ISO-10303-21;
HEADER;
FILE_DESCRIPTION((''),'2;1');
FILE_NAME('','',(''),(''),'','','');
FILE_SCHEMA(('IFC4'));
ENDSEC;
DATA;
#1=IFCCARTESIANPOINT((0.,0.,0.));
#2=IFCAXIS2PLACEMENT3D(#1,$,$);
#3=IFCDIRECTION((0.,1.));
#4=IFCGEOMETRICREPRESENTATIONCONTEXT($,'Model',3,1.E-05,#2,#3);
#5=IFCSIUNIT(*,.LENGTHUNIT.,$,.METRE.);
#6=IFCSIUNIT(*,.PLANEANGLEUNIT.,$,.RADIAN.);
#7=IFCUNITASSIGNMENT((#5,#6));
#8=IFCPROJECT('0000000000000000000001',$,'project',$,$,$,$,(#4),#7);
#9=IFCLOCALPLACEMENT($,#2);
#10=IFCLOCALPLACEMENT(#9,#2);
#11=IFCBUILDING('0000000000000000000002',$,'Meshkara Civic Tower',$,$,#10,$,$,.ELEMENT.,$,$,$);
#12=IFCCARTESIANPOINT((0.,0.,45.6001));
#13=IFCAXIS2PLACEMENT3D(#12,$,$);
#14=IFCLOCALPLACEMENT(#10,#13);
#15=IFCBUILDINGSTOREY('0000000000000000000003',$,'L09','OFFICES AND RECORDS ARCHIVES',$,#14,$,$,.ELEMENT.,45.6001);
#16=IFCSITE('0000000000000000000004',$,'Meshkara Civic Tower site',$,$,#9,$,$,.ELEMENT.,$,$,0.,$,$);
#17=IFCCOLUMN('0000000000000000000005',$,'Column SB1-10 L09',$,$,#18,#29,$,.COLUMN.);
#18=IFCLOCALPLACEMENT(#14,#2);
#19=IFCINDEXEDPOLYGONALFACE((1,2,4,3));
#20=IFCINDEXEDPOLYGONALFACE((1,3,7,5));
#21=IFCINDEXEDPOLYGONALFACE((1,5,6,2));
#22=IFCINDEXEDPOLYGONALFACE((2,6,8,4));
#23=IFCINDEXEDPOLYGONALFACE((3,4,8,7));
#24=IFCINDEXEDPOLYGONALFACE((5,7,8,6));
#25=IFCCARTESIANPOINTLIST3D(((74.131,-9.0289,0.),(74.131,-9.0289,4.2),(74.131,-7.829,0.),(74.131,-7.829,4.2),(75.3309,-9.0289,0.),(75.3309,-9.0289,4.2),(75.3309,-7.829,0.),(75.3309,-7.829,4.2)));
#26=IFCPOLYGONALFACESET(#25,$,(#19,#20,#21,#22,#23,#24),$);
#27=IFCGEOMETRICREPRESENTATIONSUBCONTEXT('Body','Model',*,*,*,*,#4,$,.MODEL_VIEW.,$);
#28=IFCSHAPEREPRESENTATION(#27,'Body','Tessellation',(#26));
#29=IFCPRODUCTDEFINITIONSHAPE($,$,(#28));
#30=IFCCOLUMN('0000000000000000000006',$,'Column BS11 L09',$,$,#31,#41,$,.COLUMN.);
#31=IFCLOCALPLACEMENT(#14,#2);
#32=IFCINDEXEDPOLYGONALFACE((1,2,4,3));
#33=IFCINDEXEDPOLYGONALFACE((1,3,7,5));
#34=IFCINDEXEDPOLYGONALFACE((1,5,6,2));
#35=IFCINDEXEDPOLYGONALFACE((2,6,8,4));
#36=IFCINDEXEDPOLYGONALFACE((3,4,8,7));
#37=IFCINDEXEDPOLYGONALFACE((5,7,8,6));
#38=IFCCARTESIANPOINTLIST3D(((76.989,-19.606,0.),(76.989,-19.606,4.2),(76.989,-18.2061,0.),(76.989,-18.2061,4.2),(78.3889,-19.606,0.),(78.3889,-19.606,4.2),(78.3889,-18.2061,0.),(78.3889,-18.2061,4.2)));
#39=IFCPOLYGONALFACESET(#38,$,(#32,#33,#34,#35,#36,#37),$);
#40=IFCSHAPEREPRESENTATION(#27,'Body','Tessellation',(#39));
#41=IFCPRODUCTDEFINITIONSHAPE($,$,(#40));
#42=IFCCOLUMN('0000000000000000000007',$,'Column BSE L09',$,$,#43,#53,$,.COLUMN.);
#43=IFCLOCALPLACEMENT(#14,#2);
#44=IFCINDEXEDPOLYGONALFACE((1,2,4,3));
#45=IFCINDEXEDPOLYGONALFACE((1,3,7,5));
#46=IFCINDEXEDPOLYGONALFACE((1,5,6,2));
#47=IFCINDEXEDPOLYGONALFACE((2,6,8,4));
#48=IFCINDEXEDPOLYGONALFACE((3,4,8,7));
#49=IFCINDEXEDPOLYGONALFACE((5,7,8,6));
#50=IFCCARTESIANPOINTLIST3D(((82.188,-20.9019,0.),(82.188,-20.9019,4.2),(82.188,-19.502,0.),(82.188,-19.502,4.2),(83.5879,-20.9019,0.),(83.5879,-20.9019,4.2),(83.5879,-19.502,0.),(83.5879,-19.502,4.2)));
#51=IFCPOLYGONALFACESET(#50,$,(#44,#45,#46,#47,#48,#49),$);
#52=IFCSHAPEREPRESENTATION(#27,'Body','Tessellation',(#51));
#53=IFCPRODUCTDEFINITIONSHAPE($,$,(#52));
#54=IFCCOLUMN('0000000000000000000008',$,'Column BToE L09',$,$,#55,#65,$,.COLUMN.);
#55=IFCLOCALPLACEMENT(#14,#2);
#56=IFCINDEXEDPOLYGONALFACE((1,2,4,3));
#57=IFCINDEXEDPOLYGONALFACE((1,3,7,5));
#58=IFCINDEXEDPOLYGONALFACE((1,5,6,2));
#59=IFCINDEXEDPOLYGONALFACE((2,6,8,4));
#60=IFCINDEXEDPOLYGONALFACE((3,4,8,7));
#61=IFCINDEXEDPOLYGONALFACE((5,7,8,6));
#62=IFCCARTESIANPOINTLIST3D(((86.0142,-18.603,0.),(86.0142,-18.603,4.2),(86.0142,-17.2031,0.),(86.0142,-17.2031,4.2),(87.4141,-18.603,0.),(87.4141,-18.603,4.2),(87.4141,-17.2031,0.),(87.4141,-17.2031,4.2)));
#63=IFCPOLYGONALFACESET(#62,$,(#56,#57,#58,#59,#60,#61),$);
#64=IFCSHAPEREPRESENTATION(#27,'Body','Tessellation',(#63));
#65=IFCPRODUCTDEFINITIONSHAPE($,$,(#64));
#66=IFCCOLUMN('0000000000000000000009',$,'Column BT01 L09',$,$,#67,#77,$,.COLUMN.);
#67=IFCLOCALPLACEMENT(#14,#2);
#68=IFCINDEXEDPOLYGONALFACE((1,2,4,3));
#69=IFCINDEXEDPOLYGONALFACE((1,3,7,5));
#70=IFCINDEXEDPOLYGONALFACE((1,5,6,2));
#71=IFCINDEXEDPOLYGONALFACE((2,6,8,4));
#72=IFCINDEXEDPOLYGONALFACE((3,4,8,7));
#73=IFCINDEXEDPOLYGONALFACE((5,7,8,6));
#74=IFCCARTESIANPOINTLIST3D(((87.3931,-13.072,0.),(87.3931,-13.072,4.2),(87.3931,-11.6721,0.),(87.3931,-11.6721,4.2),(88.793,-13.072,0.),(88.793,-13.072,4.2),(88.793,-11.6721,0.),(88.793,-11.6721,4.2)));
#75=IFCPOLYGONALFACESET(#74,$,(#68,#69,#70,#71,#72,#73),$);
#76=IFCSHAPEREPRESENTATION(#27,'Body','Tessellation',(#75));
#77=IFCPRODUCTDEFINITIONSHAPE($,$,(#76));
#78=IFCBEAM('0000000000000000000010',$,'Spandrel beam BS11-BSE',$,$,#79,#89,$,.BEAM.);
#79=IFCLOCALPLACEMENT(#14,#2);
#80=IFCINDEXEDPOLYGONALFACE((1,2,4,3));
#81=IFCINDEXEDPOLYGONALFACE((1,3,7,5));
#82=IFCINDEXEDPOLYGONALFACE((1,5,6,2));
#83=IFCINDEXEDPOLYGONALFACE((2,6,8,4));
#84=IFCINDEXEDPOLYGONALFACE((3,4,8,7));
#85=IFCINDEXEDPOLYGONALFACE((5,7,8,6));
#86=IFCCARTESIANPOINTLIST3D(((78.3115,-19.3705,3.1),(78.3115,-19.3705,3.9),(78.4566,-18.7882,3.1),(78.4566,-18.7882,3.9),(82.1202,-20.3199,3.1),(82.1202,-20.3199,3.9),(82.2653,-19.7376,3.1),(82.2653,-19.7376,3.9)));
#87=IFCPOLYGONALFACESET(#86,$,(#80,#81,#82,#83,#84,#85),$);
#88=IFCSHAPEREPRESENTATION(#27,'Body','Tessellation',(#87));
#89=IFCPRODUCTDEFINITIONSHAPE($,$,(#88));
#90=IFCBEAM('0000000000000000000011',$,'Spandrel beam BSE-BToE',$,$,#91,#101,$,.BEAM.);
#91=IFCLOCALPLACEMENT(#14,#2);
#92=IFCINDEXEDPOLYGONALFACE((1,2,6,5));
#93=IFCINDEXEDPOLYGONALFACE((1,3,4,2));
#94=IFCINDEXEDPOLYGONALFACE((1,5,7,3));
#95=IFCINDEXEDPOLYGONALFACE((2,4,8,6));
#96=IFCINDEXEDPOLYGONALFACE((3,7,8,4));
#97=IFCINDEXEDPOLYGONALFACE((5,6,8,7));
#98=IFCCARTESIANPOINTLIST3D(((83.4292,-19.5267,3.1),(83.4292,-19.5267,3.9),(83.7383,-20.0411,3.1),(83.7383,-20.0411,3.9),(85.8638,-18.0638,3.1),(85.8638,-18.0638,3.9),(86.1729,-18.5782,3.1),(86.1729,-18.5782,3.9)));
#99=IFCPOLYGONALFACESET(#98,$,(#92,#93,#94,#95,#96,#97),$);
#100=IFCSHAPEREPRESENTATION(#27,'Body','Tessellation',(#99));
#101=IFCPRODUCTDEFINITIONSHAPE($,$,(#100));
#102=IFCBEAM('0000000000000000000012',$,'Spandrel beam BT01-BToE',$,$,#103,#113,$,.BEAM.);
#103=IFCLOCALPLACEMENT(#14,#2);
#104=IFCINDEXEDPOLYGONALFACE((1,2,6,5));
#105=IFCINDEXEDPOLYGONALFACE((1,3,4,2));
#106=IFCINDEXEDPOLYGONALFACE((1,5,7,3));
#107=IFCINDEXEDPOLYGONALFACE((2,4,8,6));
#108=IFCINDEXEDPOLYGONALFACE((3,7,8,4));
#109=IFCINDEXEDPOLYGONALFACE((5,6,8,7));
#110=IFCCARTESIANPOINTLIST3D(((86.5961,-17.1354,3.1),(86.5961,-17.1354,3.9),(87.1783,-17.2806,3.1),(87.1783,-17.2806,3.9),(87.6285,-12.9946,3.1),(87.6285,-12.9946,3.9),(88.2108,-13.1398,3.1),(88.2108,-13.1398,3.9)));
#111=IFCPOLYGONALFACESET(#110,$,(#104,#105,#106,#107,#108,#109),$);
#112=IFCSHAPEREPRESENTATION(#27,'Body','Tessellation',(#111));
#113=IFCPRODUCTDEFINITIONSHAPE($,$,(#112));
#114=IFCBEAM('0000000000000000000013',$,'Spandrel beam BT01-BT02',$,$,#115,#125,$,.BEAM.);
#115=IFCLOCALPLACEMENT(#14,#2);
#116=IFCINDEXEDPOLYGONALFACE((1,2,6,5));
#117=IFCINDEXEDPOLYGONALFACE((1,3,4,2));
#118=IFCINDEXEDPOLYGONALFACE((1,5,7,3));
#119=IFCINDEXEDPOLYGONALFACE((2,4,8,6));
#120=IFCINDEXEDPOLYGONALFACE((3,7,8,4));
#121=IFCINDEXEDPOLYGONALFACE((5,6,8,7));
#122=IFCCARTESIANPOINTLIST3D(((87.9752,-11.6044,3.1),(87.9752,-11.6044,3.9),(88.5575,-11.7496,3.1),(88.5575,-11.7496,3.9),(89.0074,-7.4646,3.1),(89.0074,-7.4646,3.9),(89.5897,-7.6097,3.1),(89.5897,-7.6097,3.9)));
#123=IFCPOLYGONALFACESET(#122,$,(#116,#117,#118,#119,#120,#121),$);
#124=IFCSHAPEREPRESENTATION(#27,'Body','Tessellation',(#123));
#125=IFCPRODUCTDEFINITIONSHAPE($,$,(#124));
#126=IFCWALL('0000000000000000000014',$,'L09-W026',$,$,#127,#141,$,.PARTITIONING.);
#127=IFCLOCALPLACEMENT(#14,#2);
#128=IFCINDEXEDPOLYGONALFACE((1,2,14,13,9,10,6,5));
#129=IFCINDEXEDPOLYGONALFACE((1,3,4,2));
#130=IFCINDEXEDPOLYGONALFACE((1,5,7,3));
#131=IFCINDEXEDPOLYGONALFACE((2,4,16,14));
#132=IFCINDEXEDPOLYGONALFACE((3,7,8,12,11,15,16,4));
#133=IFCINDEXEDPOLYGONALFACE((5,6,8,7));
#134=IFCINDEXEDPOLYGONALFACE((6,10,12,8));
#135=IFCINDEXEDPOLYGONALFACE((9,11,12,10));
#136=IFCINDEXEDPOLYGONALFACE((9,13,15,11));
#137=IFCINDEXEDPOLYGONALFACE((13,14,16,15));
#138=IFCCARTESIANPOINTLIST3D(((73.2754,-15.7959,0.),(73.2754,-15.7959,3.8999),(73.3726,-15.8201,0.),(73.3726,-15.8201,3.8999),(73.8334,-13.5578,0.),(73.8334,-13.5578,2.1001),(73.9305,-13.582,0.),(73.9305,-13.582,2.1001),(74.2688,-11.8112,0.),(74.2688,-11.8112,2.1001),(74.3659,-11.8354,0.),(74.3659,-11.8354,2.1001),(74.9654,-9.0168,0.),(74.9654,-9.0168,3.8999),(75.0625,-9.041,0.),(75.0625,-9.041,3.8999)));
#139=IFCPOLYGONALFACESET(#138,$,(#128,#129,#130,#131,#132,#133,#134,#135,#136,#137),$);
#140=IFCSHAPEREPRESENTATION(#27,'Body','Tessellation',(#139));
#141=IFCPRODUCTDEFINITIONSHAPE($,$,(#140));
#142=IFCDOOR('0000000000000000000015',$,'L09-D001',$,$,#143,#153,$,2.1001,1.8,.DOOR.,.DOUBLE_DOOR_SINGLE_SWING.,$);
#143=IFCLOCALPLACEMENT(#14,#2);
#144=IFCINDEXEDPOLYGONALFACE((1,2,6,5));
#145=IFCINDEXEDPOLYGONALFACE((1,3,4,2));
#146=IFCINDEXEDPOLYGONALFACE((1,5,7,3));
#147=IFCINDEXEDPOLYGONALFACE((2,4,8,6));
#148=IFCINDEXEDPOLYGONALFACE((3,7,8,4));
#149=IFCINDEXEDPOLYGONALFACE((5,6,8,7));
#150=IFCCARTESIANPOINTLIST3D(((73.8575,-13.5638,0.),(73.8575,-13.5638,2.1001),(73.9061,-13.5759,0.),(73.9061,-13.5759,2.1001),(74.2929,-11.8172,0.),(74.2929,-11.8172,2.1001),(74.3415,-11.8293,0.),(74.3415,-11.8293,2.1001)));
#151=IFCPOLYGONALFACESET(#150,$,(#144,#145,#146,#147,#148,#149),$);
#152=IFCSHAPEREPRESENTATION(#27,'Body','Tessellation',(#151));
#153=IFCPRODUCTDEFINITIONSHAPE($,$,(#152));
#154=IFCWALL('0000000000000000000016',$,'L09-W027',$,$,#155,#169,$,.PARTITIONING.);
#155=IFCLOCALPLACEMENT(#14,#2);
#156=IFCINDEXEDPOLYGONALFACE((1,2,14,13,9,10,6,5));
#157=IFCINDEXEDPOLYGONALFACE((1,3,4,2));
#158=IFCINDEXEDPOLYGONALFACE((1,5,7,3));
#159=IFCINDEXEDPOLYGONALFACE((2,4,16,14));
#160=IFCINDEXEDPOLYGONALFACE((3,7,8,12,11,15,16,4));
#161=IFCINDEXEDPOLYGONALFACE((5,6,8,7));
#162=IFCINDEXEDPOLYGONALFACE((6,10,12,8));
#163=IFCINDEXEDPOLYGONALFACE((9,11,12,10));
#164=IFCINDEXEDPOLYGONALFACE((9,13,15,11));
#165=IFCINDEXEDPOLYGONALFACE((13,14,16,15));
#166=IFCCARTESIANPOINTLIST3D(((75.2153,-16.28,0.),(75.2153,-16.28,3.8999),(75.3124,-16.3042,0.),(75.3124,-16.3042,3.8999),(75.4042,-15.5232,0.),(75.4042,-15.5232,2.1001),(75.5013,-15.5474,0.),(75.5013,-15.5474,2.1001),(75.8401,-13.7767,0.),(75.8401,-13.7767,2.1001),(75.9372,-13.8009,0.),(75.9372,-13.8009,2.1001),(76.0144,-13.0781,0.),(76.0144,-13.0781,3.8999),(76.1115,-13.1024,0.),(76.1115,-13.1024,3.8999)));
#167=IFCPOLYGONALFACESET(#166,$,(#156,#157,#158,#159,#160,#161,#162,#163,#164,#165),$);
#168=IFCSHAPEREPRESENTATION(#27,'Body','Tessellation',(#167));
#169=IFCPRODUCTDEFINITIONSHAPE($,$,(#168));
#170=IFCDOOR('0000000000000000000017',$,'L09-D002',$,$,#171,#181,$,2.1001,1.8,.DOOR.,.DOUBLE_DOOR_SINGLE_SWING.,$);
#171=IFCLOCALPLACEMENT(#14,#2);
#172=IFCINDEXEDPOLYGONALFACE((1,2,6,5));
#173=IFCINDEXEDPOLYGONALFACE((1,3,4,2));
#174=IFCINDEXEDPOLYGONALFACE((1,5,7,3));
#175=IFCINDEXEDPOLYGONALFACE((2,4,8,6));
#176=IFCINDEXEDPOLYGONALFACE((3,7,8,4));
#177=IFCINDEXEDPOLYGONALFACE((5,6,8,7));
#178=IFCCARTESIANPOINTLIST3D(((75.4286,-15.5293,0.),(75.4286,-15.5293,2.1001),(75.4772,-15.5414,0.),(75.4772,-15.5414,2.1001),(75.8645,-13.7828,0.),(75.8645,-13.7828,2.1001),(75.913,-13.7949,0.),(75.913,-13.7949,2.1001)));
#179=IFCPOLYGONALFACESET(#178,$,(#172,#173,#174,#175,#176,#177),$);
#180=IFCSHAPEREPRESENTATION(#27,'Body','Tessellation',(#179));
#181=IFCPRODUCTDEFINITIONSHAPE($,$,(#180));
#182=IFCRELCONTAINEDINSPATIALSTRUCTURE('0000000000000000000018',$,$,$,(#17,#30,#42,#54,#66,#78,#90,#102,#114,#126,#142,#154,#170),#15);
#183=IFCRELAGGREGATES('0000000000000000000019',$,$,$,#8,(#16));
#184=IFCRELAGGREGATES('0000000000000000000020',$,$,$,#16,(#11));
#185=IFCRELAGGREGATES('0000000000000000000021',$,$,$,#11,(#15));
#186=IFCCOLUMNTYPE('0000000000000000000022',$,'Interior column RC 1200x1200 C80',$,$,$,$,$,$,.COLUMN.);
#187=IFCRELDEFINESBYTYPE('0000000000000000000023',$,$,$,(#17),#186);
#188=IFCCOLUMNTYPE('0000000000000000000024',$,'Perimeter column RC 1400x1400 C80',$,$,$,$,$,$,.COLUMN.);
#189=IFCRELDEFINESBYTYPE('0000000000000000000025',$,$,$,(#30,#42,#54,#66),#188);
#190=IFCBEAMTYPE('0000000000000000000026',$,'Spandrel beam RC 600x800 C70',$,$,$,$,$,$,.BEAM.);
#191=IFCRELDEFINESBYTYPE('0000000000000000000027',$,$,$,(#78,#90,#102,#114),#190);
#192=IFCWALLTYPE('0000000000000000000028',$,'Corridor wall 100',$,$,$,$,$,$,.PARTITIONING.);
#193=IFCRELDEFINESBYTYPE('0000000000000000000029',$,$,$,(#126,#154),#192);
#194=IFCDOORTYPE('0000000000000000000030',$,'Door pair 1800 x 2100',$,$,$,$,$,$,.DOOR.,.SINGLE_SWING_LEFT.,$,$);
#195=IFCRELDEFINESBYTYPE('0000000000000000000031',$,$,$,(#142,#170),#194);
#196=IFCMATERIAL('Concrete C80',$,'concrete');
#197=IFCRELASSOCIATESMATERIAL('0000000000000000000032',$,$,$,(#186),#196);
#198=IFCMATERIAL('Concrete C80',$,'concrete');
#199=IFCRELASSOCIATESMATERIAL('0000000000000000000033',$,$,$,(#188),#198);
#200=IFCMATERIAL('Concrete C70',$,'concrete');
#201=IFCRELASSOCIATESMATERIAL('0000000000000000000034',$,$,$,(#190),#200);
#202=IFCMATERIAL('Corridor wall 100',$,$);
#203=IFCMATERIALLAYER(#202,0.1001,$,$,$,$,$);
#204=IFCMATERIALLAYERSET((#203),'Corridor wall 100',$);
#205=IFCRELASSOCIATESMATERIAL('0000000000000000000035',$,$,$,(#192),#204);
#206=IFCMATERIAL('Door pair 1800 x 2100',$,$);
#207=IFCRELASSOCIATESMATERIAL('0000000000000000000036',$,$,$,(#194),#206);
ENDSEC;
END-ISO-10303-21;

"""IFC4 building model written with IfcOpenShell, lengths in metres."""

from ifc_helpers import new_model, si_unit, direction, frame, frame_2d, origin, origin_2d, place, context, subcontext, project, spatial, rectangle, extrude, material, layer, layer_set, material_profile, profile_set, type_object, element, fill, save


model = new_model("IFC4")

# Units and contexts
model_context = context("Model", 3, precision=1e-05, world=origin(), true_north=direction((0.0, 1.0)))
body_context = subcontext(model_context, "Body", "Model", "MODEL_VIEW")
ifc_project = project(units=[si_unit("LENGTHUNIT", "METRE"), si_unit("PLANEANGLEUNIT", "RADIAN")], contexts=[model_context])

# Site, building, storey
site_placement = place(None, origin())
site = spatial("IfcSite", under=ifc_project, at=site_placement, Name="Meshkara Civic Tower site", CompositionType="ELEMENT", RefElevation=0.0)
building_placement = place(site_placement, origin())
building = spatial("IfcBuilding", under=site, at=building_placement, Name="Meshkara Civic Tower", CompositionType="ELEMENT")
storey_placement = place(building_placement, frame((0.0, 0.0, 45.6001)))
storey = spatial("IfcBuildingStorey", under=building, at=storey_placement, Name="L09", Description="OFFICES AND RECORDS ARCHIVES", CompositionType="ELEMENT", Elevation=45.6001)

# Columns
ifc_material_1 = material(Name="Concrete C80", Category="concrete")
ifc_material_profile_1 = material_profile(ifc_material_1, rectangle(XDim=1.2, YDim=1.2, at=origin_2d()))
ifc_profile_set_1 = profile_set([ifc_material_profile_1], Name="Concrete C80")
column_type_1 = type_object("IfcColumnType", Name="Interior column RC 1200x1200 C80", PredefinedType="COLUMN", material=ifc_profile_set_1)
column_placement = place(storey_placement, frame((74.731, -8.429, 0.0), z_axis=(0.0, 0.0, 1.0), x_axis=(1.0, 0.0, 0.0)))
element("IfcColumn", 1, at=column_placement, inside=storey, type_object=column_type_1, Name="Column SB1-10 L09", PredefinedType="COLUMN", context=body_context, shape_type="SweptSolid", body=[
    extrude(rectangle(XDim=1.2, YDim=1.2, at=origin_2d()), origin(), (0.0, 0.0, 1.0), 4.2),
])
ifc_material_2 = material(Name="Concrete C80", Category="concrete")
ifc_material_profile_2 = material_profile(ifc_material_2, rectangle(XDim=1.3999, YDim=1.3999, at=origin_2d()))
ifc_profile_set_2 = profile_set([ifc_material_profile_2], Name="Concrete C80")
column_type_2 = type_object("IfcColumnType", Name="Perimeter column RC 1400x1400 C80", PredefinedType="COLUMN", material=ifc_profile_set_2)
for number, where, z_axis, x_axis, name in (
    (2, (77.689, -18.906, 0.0), (0.0, 0.0, 1.0), (1.0, 0.0, 0.0), "Column BS11 L09"),
    (3, (82.8879, -20.2019, 0.0), (0.0, 0.0, 1.0), (1.0, 0.0, 0.0), "Column BSE L09"),
    (4, (86.7141, -17.9031, 0.0), (0.0, 0.0, 1.0), (1.0, 0.0, 0.0), "Column BToE L09"),
    (5, (88.093, -12.3721, 0.0), (0.0, 0.0, 1.0), (1.0, 0.0, 0.0), "Column BT01 L09"),
):
    element("IfcColumn", number, at=place(storey_placement, frame(where, z_axis=z_axis, x_axis=x_axis)), inside=storey, type_object=column_type_2, Name=name, PredefinedType="COLUMN", context=body_context, shape_type="SweptSolid", body=[
        extrude(rectangle(XDim=1.3999, YDim=1.3999, at=origin_2d()), origin(), (0.0, 0.0, 1.0), 4.2),
    ])

# Beams
ifc_material_3 = material(Name="Concrete C70", Category="concrete")
ifc_material_profile_3 = material_profile(ifc_material_3, rectangle(XDim=0.6001, YDim=0.8, at=origin_2d()))
ifc_profile_set_3 = profile_set([ifc_material_profile_3], Name="Concrete C70")
beam_type = type_object("IfcBeamType", Name="Spandrel beam RC 600x800 C70", PredefinedType="BEAM", material=ifc_profile_set_3)
beam_1_placement = place(storey_placement, frame((78.384, -19.0793, 3.5), z_axis=(0.970307, -0.241877, 0.0), x_axis=(0.241877, 0.970307, 0.0)))
element("IfcBeam", 6, at=beam_1_placement, inside=storey, type_object=beam_type, Name="Spandrel beam BS11-BSE", PredefinedType="BEAM", context=body_context, shape_type="SweptSolid", body=[
    extrude(rectangle(XDim=0.6001, YDim=0.8, at=origin_2d()), origin(), (0.0, 0.0, 1.0), 3.9253),
])
beam_2_placement = place(storey_placement, frame((83.5837, -19.7839, 3.5), z_axis=(0.857159, 0.515052, 0.0), x_axis=(-0.515052, 0.857159, 0.0)))
element("IfcBeam", 7, at=beam_2_placement, inside=storey, type_object=beam_type, Name="Spandrel beam BSE-BToE", PredefinedType="BEAM", context=body_context, shape_type="SweptSolid", body=[
    extrude(rectangle(XDim=0.6001, YDim=0.8, at=origin_2d()), origin(), (0.0, 0.0, 1.0), 2.8403),
])
beam_3_placement = place(storey_placement, frame((86.8872, -17.208, 3.5), z_axis=(0.24193, 0.970294, 0.0), x_axis=(-0.970294, 0.24193, 0.0)))
element("IfcBeam", 8, at=beam_3_placement, inside=storey, type_object=beam_type, Name="Spandrel beam BT01-BToE", PredefinedType="BEAM", context=body_context, shape_type="SweptSolid", body=[
    extrude(rectangle(XDim=0.6001, YDim=0.8, at=origin_2d()), origin(), (0.0, 0.0, 1.0), 4.2676),
])
beam_4_placement = place(storey_placement, frame((88.2664, -11.677, 3.5), z_axis=(0.24193, 0.970294, 0.0), x_axis=(-0.970294, 0.24193, 0.0)))
element("IfcBeam", 9, at=beam_4_placement, inside=storey, type_object=beam_type, Name="Spandrel beam BT01-BT02", PredefinedType="BEAM", context=body_context, shape_type="SweptSolid", body=[
    extrude(rectangle(XDim=0.6001, YDim=0.8, at=origin_2d()), origin(), (0.0, 0.0, 1.0), 4.2666),
])

# Walls, openings, doors
ifc_material_4 = material(Name="Corridor wall 100")
ifc_layer_1 = layer(ifc_material_4, 0.1001)
ifc_layer_set_1 = layer_set([ifc_layer_1], Name="Corridor wall 100")
wall_type_1 = type_object("IfcWallType", Name="Corridor wall 100", PredefinedType="PARTITIONING", material=ifc_layer_set_1)
wall_1_placement = place(storey_placement, frame((75.0139, -9.0291, 0.0), z_axis=(0.0, 0.0, 1.0), x_axis=(-0.241886, -0.970305, 0.0)))
wall_1 = element("IfcWall", 10, at=wall_1_placement, inside=storey, type_object=wall_type_1, Name="L09-W026", PredefinedType="PARTITIONING", context=body_context, shape_type="SweptSolid", body=[
    extrude(rectangle(XDim=6.9866, YDim=0.1001, at=frame_2d((3.4932, 0.0))), origin(), (0.0, 0.0, 1.0), 3.8999),
])
opening_1_placement = place(wall_1_placement, frame((2.8799, 0.0, 0.0)))
opening_1 = element("IfcOpeningElement", 11, at=opening_1_placement, cuts=wall_1, PredefinedType="OPENING", context=body_context, shape_type="SweptSolid", body=[
    extrude(rectangle(XDim=1.8, YDim=2.1001, at=frame_2d((0.8999, 1.05))), frame((0.0, 0.0601, 0.0), z_axis=(0.0, -1.0, 0.0), x_axis=(1.0, 0.0, 0.0)), (0.0, 0.0, 1.0), 0.1201),
])
ifc_material_5 = material(Name="Door pair 1800 x 2100")
door_type_1 = type_object("IfcDoorType", Name="Door pair 1800 x 2100", OperationType="SINGLE_SWING_LEFT", PredefinedType="DOOR", material=ifc_material_5)
door_1_placement = place(opening_1_placement, origin())
door_1 = element("IfcDoor", 12, at=door_1_placement, inside=storey, type_object=door_type_1, Name="L09-D001", OperationType="DOUBLE_DOOR_SINGLE_SWING", OverallHeight=2.1001, OverallWidth=1.8, PredefinedType="DOOR", context=body_context, shape_type="SweptSolid", body=[
    extrude(rectangle(XDim=1.8, YDim=2.1001, at=frame_2d((0.8999, 1.05))), frame((0.0, 0.0249, 0.0), z_axis=(0.0, -1.0, 0.0), x_axis=(1.0, 0.0, 0.0)), (0.0, 0.0, 1.0), 0.05),
])
fill(opening_1, door_1)
wall_2_placement = place(storey_placement, frame((75.2639, -16.292, 0.0), z_axis=(0.0, 0.0, 1.0), x_axis=(0.242135, 0.970243, 0.0)))
wall_2 = element("IfcWall", 13, at=wall_2_placement, inside=storey, type_object=wall_type_1, Name="L09-W027", PredefinedType="PARTITIONING", context=body_context, shape_type="SweptSolid", body=[
    extrude(rectangle(XDim=3.3, YDim=0.1001, at=frame_2d((1.6499, 0.0))), origin(), (0.0, 0.0, 1.0), 3.8999),
])
opening_2_placement = place(wall_2_placement, frame((0.78, 0.0, 0.0)))
opening_2 = element("IfcOpeningElement", 14, at=opening_2_placement, cuts=wall_2, PredefinedType="OPENING", context=body_context, shape_type="SweptSolid", body=[
    extrude(rectangle(XDim=1.8, YDim=2.1001, at=frame_2d((0.8999, 1.05))), frame((0.0, 0.0601, 0.0), z_axis=(0.0, -1.0, 0.0), x_axis=(1.0, 0.0, 0.0)), (0.0, 0.0, 1.0), 0.1201),
])
door_2_placement = place(opening_2_placement, origin())
door_2 = element("IfcDoor", 15, at=door_2_placement, inside=storey, type_object=door_type_1, Name="L09-D002", OperationType="DOUBLE_DOOR_SINGLE_SWING", OverallHeight=2.1001, OverallWidth=1.8, PredefinedType="DOOR", context=body_context, shape_type="SweptSolid", body=[
    extrude(rectangle(XDim=1.8, YDim=2.1001, at=frame_2d((0.8999, 1.05))), frame((0.0, 0.0249, 0.0), z_axis=(0.0, -1.0, 0.0), x_axis=(1.0, 0.0, 0.0)), (0.0, 0.0, 1.0), 0.05),
])
fill(opening_2, door_2)

save(model, "model.ifc")
